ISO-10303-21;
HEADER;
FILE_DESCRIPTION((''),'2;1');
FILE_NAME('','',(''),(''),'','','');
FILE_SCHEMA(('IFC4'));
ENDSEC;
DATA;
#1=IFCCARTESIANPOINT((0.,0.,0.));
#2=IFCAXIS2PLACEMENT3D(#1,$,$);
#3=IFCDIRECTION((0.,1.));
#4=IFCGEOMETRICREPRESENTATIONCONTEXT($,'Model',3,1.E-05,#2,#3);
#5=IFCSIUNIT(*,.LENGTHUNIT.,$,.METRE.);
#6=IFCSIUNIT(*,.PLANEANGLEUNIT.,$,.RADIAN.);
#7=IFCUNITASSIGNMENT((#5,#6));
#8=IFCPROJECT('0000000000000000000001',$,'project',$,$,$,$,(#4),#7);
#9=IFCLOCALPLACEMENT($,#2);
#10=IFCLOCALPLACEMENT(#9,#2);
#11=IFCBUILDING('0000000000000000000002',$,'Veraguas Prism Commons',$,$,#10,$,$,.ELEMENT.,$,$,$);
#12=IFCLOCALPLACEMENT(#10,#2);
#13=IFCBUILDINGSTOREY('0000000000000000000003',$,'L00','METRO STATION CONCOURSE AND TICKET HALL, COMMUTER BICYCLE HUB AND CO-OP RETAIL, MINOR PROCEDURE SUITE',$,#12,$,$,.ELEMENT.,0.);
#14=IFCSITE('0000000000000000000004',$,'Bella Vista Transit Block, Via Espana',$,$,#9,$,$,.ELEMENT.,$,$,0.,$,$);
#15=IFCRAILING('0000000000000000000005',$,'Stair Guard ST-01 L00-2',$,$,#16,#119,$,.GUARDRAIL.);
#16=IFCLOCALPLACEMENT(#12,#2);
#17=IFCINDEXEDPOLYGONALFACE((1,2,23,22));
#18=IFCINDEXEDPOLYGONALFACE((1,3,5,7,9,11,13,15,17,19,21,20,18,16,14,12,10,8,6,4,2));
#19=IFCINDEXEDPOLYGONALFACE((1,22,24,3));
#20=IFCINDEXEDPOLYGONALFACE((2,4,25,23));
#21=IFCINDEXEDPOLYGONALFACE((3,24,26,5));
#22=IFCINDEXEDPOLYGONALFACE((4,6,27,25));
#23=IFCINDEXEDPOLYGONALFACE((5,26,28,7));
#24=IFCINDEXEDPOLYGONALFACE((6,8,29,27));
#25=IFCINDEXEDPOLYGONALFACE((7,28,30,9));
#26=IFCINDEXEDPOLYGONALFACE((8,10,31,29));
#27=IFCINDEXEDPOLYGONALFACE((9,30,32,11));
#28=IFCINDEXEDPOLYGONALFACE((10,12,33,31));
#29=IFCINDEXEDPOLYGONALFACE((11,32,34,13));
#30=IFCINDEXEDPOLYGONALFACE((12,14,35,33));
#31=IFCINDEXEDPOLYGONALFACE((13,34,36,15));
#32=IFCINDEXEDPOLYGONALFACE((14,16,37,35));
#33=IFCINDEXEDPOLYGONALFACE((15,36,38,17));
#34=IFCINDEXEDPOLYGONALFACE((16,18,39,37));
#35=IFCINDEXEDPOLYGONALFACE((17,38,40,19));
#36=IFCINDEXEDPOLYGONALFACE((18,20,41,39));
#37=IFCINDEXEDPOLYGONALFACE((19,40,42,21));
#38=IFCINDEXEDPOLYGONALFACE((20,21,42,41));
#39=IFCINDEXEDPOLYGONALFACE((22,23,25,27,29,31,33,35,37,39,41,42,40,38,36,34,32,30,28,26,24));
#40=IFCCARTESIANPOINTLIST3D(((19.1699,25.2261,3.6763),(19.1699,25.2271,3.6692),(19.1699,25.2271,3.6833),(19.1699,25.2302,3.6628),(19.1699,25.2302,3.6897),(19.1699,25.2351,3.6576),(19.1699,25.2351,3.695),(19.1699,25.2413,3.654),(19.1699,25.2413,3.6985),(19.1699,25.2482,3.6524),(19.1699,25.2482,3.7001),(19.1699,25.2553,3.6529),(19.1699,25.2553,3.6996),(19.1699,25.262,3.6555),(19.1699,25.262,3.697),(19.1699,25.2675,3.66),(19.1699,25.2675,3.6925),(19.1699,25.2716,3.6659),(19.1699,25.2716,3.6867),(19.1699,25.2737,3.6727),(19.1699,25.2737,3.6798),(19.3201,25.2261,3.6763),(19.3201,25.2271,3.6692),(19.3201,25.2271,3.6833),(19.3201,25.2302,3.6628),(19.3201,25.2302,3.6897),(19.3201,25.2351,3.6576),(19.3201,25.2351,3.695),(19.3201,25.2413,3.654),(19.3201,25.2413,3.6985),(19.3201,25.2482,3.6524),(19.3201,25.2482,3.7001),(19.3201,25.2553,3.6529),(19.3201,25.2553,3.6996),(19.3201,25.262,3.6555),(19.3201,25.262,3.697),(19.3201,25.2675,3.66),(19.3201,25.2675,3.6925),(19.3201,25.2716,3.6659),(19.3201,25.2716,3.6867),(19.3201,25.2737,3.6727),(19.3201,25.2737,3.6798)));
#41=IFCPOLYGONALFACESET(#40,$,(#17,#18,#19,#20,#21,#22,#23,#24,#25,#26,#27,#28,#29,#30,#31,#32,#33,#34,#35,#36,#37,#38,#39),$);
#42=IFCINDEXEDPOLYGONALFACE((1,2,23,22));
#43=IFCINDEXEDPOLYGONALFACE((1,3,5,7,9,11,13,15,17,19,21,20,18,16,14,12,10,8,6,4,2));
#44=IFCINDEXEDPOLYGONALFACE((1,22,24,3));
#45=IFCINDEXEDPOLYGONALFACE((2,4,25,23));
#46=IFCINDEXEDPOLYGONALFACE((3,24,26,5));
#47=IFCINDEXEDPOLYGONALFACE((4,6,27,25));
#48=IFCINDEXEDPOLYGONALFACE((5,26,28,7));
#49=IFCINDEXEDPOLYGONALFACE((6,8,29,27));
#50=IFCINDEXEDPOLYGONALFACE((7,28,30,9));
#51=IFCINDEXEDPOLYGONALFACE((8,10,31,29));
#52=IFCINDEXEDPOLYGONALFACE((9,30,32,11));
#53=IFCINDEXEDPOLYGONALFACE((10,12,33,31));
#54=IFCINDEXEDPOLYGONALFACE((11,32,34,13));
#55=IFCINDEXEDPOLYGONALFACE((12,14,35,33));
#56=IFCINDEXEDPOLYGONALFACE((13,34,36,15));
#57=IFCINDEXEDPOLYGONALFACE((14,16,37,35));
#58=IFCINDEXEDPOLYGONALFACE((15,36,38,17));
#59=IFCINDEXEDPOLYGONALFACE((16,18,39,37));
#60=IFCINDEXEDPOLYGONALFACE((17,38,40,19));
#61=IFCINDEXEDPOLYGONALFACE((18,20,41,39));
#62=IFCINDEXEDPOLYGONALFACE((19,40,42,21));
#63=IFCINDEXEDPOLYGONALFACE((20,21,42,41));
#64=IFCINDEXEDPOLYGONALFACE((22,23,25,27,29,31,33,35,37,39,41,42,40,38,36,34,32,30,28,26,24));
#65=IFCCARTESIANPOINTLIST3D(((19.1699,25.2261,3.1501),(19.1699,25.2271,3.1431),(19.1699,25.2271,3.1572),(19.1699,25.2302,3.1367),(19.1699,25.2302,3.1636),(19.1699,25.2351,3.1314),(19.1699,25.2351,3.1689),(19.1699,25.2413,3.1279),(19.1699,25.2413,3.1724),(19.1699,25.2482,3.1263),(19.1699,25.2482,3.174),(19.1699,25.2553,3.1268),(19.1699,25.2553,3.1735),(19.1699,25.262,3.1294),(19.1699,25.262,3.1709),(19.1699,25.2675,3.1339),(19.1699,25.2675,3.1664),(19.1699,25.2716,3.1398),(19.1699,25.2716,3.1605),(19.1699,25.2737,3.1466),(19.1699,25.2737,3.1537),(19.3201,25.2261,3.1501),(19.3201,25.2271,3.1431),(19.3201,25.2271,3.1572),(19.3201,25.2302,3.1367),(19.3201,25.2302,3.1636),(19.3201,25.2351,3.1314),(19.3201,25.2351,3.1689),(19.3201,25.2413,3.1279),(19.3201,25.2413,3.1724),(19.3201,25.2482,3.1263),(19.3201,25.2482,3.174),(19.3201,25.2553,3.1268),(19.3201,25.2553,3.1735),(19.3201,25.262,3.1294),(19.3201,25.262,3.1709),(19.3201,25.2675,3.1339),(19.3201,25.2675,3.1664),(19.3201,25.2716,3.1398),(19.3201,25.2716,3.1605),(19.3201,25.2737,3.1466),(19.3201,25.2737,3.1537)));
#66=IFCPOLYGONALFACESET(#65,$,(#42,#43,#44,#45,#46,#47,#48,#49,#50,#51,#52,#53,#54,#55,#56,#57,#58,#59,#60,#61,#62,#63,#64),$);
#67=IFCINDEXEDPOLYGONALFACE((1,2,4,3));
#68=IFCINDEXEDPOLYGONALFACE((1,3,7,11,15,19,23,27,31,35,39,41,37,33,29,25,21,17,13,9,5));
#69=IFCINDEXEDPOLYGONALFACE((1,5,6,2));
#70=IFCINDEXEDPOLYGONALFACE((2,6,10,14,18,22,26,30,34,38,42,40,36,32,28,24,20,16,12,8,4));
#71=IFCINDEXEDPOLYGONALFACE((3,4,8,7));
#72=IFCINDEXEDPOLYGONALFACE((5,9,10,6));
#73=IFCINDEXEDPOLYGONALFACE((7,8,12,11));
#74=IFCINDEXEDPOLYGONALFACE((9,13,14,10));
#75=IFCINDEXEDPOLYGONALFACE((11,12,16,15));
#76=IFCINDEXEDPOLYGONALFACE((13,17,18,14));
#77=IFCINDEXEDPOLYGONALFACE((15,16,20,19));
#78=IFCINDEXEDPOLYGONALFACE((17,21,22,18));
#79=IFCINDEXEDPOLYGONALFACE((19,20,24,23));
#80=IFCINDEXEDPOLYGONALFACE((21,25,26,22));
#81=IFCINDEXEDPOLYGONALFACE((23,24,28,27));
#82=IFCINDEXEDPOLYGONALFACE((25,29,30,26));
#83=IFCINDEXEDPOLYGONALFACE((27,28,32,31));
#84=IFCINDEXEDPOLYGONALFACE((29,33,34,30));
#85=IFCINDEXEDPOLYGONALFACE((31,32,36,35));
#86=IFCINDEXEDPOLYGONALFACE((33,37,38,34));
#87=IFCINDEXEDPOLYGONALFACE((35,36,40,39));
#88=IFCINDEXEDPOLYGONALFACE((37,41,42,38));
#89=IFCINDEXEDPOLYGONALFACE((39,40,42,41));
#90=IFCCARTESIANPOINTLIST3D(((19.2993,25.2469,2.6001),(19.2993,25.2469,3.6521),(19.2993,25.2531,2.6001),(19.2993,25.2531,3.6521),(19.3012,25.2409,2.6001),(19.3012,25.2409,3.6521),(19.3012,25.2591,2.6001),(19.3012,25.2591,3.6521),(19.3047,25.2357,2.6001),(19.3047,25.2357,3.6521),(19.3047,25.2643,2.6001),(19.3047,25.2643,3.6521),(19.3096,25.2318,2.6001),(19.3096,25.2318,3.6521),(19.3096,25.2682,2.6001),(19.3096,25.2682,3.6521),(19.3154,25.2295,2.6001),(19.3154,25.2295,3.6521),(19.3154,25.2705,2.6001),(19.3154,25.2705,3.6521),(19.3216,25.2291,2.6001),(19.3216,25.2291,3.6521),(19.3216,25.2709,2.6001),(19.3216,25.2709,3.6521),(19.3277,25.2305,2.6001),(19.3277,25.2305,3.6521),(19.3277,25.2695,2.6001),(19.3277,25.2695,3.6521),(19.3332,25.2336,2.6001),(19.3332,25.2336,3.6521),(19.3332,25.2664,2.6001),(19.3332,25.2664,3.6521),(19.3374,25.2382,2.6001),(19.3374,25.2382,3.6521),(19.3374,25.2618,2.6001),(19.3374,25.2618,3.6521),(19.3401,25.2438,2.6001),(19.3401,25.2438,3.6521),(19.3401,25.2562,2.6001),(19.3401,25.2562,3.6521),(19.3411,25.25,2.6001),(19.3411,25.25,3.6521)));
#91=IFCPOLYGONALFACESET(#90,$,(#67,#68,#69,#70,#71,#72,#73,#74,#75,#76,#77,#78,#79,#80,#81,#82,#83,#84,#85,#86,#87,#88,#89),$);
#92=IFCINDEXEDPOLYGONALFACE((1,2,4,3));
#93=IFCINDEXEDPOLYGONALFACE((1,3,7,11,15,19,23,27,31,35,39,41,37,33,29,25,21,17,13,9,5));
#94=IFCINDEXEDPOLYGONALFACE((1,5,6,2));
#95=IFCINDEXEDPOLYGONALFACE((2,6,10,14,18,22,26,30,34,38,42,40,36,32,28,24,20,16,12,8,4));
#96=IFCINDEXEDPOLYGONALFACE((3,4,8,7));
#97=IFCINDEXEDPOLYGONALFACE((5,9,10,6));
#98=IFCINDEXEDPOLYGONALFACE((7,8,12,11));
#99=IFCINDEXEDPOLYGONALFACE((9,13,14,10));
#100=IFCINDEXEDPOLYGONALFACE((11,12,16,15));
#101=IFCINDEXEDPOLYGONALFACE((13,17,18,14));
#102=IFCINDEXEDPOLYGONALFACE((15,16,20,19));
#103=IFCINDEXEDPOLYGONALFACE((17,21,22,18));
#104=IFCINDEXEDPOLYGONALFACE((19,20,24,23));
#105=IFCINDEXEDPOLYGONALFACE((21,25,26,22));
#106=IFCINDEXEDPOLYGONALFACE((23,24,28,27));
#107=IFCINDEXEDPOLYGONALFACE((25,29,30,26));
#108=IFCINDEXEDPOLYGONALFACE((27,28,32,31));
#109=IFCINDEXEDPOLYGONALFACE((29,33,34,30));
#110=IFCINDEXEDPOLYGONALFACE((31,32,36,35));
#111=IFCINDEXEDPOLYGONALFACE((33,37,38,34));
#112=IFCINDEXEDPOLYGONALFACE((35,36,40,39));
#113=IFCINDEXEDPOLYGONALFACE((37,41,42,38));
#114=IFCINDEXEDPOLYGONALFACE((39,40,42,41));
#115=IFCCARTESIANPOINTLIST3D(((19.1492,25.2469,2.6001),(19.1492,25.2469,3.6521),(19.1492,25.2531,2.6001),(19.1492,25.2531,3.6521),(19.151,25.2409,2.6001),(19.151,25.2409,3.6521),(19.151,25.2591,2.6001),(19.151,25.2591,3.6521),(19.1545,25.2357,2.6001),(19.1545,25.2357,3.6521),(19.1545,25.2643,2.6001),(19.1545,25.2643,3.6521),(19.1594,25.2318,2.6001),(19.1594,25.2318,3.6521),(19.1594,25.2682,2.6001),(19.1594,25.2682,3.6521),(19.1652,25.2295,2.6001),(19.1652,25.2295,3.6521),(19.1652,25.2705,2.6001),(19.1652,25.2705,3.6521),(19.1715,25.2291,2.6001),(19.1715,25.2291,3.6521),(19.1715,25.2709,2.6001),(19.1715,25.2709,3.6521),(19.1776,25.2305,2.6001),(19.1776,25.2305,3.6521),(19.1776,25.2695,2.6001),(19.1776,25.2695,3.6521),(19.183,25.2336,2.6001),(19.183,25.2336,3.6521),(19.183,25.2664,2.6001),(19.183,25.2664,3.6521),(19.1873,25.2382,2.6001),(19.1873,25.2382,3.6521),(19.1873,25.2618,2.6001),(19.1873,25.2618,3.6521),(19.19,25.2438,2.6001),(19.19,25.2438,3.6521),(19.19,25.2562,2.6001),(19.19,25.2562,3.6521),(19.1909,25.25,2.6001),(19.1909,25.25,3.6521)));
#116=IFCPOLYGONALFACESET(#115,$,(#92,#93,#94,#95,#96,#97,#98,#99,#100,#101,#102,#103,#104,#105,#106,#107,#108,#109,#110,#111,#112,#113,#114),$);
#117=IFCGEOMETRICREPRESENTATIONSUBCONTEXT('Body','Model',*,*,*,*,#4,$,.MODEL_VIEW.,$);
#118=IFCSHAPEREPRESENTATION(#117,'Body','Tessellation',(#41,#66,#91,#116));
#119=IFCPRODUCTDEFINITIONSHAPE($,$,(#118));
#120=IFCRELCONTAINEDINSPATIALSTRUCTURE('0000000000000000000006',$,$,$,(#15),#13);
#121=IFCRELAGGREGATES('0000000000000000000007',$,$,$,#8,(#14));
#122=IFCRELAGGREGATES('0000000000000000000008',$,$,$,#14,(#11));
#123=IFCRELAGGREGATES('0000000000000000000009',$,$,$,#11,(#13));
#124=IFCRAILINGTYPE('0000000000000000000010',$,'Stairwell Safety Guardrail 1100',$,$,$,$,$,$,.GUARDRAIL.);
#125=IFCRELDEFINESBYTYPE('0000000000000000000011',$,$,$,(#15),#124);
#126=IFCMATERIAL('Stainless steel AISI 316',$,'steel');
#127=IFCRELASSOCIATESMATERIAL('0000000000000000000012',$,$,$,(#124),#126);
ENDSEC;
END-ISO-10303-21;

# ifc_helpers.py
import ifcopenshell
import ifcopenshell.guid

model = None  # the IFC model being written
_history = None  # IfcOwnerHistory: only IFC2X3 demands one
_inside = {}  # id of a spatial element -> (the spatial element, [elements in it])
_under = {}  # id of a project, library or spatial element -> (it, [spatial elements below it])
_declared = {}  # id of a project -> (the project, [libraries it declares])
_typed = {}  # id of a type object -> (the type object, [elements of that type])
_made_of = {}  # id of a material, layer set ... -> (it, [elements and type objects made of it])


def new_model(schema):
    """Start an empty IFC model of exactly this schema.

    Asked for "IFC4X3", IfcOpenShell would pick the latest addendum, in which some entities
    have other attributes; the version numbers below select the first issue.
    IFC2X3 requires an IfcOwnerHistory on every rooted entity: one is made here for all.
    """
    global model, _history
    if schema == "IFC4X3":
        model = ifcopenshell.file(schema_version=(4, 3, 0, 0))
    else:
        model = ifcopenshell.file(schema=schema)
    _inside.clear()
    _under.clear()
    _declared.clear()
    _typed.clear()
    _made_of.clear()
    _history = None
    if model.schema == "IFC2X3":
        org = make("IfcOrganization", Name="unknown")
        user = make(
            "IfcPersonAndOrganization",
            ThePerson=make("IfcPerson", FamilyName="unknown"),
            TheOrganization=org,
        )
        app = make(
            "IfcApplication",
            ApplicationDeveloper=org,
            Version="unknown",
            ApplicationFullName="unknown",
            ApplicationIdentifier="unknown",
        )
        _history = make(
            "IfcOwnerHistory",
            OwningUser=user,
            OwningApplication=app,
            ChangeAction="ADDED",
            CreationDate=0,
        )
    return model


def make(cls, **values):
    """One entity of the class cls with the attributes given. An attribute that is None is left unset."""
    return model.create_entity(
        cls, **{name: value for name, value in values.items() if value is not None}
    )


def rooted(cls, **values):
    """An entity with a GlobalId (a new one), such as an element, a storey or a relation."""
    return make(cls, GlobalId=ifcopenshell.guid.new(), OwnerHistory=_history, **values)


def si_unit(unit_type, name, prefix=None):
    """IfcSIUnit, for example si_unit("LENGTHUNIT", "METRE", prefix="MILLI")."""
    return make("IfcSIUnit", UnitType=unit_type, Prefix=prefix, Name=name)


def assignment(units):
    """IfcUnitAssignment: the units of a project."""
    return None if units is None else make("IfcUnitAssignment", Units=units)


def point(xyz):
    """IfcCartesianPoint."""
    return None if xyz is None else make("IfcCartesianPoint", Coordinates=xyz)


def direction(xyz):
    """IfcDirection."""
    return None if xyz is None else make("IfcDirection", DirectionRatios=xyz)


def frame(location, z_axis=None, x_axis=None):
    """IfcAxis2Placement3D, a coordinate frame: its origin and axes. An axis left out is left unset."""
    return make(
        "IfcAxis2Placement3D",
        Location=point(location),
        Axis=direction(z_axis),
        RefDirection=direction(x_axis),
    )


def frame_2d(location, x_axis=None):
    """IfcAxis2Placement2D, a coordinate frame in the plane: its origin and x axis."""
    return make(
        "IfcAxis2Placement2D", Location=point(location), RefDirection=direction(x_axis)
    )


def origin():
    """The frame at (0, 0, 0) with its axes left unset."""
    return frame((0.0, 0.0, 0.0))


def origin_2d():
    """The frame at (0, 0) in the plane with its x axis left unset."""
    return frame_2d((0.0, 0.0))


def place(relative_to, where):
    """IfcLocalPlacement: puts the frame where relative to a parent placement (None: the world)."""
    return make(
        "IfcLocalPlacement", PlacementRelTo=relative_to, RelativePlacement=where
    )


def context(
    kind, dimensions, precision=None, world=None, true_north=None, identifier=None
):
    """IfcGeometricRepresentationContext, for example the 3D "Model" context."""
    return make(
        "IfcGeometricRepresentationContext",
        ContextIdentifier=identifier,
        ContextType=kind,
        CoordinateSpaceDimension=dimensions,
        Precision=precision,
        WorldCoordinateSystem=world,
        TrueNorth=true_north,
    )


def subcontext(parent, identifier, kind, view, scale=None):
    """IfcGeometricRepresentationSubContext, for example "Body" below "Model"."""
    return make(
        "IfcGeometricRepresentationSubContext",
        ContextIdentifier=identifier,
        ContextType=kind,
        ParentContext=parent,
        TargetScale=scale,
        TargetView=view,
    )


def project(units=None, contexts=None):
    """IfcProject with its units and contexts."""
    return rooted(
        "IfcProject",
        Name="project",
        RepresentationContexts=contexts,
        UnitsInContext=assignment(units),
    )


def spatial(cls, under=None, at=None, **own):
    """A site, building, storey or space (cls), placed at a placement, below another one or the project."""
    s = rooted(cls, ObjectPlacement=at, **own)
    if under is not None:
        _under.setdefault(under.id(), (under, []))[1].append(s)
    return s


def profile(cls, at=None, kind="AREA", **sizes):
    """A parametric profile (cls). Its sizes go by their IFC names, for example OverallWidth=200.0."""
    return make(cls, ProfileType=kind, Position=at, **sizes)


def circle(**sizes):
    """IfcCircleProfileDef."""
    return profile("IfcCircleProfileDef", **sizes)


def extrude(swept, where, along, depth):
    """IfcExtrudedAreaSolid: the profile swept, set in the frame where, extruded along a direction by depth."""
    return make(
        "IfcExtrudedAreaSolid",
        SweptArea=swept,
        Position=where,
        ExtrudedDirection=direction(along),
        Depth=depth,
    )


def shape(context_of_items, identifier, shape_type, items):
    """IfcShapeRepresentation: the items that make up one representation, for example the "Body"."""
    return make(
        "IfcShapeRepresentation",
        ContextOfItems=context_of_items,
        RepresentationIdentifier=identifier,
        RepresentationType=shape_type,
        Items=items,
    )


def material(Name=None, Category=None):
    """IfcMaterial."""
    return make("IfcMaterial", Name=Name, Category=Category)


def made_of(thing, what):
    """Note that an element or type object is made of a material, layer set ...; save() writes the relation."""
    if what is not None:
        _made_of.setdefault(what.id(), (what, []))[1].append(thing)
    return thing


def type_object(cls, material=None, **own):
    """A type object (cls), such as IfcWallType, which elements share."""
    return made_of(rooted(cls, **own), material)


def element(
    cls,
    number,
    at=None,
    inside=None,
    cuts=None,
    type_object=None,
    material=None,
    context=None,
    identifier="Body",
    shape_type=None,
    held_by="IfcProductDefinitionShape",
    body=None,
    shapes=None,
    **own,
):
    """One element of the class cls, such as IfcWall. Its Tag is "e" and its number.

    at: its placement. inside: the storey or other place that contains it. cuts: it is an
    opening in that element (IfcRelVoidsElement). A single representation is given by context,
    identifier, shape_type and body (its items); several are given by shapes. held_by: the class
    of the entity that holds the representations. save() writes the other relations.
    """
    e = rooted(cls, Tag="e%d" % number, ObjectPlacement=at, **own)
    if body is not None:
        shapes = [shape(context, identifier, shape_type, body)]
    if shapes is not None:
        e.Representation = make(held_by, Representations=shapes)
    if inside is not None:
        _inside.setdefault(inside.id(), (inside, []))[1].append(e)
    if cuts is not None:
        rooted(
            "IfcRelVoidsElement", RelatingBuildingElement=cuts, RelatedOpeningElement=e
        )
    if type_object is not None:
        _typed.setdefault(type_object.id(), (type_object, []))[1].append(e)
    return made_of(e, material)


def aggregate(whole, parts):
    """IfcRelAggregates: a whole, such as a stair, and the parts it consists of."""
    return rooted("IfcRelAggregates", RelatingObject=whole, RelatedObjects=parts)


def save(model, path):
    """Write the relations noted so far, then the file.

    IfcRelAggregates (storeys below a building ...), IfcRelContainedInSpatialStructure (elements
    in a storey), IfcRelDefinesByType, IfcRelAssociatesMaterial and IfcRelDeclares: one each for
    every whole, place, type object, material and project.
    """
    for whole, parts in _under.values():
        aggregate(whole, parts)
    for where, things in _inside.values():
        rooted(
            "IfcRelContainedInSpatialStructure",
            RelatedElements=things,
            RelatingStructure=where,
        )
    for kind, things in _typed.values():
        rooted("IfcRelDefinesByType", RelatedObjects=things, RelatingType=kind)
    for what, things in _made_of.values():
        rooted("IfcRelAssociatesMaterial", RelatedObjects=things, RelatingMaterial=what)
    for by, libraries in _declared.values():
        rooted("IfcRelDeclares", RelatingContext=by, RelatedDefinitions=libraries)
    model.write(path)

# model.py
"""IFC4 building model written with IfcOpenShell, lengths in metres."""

from ifc_helpers import new_model, si_unit, direction, frame, origin, origin_2d, place, context, subcontext, project, spatial, circle, extrude, material, type_object, element, save


model = new_model("IFC4")

# Units and contexts
model_context = context("Model", 3, precision=1e-05, world=origin(), true_north=direction((0.0, 1.0)))
body_context = subcontext(model_context, "Body", "Model", "MODEL_VIEW")
ifc_project = project(units=[si_unit("LENGTHUNIT", "METRE"), si_unit("PLANEANGLEUNIT", "RADIAN")], contexts=[model_context])

# Site, building, storey
site_placement = place(None, origin())
site = spatial("IfcSite", under=ifc_project, at=site_placement, Name="Bella Vista Transit Block, Via Espana", CompositionType="ELEMENT", RefElevation=0.0)
building_placement = place(site_placement, origin())
building = spatial("IfcBuilding", under=site, at=building_placement, Name="Veraguas Prism Commons", CompositionType="ELEMENT")
storey_placement = place(building_placement, origin())
storey = spatial("IfcBuildingStorey", under=building, at=storey_placement, Name="L00", Description="METRO STATION CONCOURSE AND TICKET HALL, COMMUTER BICYCLE HUB AND CO-OP RETAIL, MINOR PROCEDURE SUITE", CompositionType="ELEMENT", Elevation=0.0)

# Shared definitions
ifc_material_1 = material(Name="Stainless steel AISI 316", Category="steel")

# Railing
railing_type_1 = type_object("IfcRailingType", Name="Stairwell Safety Guardrail 1100", PredefinedType="GUARDRAIL", material=ifc_material_1)
railing_1_placement = place(storey_placement, frame((19.3201, 25.25, 2.6001)))
element("IfcRailing", 1, at=railing_1_placement, inside=storey, type_object=railing_type_1, Name="Stair Guard ST-01 L00-2", PredefinedType="GUARDRAIL", context=body_context, shape_type="SweptSolid", body=[
    extrude(circle(Radius=0.0239, at=origin_2d()), frame((0.0, 0.0, 1.0762), z_axis=(-1.0, 0.0, 0.0), x_axis=(0.0, -1.0, 0.0)), (0.0, 0.0, 1.0), 0.1501),
    extrude(circle(Radius=0.0239, at=origin_2d()), frame((0.0, 0.0, 0.55), z_axis=(-1.0, 0.0, 0.0), x_axis=(0.0, -1.0, 0.0)), (0.0, 0.0, 1.0), 0.1501),
    extrude(circle(Radius=0.021, at=origin_2d()), origin(), (0.0, 0.0, 1.0), 1.052),
    extrude(circle(Radius=0.021, at=origin_2d()), frame((-0.1501, 0.0, 0.0)), (0.0, 0.0, 1.0), 1.052),
])

save(model, "model.ifc")
